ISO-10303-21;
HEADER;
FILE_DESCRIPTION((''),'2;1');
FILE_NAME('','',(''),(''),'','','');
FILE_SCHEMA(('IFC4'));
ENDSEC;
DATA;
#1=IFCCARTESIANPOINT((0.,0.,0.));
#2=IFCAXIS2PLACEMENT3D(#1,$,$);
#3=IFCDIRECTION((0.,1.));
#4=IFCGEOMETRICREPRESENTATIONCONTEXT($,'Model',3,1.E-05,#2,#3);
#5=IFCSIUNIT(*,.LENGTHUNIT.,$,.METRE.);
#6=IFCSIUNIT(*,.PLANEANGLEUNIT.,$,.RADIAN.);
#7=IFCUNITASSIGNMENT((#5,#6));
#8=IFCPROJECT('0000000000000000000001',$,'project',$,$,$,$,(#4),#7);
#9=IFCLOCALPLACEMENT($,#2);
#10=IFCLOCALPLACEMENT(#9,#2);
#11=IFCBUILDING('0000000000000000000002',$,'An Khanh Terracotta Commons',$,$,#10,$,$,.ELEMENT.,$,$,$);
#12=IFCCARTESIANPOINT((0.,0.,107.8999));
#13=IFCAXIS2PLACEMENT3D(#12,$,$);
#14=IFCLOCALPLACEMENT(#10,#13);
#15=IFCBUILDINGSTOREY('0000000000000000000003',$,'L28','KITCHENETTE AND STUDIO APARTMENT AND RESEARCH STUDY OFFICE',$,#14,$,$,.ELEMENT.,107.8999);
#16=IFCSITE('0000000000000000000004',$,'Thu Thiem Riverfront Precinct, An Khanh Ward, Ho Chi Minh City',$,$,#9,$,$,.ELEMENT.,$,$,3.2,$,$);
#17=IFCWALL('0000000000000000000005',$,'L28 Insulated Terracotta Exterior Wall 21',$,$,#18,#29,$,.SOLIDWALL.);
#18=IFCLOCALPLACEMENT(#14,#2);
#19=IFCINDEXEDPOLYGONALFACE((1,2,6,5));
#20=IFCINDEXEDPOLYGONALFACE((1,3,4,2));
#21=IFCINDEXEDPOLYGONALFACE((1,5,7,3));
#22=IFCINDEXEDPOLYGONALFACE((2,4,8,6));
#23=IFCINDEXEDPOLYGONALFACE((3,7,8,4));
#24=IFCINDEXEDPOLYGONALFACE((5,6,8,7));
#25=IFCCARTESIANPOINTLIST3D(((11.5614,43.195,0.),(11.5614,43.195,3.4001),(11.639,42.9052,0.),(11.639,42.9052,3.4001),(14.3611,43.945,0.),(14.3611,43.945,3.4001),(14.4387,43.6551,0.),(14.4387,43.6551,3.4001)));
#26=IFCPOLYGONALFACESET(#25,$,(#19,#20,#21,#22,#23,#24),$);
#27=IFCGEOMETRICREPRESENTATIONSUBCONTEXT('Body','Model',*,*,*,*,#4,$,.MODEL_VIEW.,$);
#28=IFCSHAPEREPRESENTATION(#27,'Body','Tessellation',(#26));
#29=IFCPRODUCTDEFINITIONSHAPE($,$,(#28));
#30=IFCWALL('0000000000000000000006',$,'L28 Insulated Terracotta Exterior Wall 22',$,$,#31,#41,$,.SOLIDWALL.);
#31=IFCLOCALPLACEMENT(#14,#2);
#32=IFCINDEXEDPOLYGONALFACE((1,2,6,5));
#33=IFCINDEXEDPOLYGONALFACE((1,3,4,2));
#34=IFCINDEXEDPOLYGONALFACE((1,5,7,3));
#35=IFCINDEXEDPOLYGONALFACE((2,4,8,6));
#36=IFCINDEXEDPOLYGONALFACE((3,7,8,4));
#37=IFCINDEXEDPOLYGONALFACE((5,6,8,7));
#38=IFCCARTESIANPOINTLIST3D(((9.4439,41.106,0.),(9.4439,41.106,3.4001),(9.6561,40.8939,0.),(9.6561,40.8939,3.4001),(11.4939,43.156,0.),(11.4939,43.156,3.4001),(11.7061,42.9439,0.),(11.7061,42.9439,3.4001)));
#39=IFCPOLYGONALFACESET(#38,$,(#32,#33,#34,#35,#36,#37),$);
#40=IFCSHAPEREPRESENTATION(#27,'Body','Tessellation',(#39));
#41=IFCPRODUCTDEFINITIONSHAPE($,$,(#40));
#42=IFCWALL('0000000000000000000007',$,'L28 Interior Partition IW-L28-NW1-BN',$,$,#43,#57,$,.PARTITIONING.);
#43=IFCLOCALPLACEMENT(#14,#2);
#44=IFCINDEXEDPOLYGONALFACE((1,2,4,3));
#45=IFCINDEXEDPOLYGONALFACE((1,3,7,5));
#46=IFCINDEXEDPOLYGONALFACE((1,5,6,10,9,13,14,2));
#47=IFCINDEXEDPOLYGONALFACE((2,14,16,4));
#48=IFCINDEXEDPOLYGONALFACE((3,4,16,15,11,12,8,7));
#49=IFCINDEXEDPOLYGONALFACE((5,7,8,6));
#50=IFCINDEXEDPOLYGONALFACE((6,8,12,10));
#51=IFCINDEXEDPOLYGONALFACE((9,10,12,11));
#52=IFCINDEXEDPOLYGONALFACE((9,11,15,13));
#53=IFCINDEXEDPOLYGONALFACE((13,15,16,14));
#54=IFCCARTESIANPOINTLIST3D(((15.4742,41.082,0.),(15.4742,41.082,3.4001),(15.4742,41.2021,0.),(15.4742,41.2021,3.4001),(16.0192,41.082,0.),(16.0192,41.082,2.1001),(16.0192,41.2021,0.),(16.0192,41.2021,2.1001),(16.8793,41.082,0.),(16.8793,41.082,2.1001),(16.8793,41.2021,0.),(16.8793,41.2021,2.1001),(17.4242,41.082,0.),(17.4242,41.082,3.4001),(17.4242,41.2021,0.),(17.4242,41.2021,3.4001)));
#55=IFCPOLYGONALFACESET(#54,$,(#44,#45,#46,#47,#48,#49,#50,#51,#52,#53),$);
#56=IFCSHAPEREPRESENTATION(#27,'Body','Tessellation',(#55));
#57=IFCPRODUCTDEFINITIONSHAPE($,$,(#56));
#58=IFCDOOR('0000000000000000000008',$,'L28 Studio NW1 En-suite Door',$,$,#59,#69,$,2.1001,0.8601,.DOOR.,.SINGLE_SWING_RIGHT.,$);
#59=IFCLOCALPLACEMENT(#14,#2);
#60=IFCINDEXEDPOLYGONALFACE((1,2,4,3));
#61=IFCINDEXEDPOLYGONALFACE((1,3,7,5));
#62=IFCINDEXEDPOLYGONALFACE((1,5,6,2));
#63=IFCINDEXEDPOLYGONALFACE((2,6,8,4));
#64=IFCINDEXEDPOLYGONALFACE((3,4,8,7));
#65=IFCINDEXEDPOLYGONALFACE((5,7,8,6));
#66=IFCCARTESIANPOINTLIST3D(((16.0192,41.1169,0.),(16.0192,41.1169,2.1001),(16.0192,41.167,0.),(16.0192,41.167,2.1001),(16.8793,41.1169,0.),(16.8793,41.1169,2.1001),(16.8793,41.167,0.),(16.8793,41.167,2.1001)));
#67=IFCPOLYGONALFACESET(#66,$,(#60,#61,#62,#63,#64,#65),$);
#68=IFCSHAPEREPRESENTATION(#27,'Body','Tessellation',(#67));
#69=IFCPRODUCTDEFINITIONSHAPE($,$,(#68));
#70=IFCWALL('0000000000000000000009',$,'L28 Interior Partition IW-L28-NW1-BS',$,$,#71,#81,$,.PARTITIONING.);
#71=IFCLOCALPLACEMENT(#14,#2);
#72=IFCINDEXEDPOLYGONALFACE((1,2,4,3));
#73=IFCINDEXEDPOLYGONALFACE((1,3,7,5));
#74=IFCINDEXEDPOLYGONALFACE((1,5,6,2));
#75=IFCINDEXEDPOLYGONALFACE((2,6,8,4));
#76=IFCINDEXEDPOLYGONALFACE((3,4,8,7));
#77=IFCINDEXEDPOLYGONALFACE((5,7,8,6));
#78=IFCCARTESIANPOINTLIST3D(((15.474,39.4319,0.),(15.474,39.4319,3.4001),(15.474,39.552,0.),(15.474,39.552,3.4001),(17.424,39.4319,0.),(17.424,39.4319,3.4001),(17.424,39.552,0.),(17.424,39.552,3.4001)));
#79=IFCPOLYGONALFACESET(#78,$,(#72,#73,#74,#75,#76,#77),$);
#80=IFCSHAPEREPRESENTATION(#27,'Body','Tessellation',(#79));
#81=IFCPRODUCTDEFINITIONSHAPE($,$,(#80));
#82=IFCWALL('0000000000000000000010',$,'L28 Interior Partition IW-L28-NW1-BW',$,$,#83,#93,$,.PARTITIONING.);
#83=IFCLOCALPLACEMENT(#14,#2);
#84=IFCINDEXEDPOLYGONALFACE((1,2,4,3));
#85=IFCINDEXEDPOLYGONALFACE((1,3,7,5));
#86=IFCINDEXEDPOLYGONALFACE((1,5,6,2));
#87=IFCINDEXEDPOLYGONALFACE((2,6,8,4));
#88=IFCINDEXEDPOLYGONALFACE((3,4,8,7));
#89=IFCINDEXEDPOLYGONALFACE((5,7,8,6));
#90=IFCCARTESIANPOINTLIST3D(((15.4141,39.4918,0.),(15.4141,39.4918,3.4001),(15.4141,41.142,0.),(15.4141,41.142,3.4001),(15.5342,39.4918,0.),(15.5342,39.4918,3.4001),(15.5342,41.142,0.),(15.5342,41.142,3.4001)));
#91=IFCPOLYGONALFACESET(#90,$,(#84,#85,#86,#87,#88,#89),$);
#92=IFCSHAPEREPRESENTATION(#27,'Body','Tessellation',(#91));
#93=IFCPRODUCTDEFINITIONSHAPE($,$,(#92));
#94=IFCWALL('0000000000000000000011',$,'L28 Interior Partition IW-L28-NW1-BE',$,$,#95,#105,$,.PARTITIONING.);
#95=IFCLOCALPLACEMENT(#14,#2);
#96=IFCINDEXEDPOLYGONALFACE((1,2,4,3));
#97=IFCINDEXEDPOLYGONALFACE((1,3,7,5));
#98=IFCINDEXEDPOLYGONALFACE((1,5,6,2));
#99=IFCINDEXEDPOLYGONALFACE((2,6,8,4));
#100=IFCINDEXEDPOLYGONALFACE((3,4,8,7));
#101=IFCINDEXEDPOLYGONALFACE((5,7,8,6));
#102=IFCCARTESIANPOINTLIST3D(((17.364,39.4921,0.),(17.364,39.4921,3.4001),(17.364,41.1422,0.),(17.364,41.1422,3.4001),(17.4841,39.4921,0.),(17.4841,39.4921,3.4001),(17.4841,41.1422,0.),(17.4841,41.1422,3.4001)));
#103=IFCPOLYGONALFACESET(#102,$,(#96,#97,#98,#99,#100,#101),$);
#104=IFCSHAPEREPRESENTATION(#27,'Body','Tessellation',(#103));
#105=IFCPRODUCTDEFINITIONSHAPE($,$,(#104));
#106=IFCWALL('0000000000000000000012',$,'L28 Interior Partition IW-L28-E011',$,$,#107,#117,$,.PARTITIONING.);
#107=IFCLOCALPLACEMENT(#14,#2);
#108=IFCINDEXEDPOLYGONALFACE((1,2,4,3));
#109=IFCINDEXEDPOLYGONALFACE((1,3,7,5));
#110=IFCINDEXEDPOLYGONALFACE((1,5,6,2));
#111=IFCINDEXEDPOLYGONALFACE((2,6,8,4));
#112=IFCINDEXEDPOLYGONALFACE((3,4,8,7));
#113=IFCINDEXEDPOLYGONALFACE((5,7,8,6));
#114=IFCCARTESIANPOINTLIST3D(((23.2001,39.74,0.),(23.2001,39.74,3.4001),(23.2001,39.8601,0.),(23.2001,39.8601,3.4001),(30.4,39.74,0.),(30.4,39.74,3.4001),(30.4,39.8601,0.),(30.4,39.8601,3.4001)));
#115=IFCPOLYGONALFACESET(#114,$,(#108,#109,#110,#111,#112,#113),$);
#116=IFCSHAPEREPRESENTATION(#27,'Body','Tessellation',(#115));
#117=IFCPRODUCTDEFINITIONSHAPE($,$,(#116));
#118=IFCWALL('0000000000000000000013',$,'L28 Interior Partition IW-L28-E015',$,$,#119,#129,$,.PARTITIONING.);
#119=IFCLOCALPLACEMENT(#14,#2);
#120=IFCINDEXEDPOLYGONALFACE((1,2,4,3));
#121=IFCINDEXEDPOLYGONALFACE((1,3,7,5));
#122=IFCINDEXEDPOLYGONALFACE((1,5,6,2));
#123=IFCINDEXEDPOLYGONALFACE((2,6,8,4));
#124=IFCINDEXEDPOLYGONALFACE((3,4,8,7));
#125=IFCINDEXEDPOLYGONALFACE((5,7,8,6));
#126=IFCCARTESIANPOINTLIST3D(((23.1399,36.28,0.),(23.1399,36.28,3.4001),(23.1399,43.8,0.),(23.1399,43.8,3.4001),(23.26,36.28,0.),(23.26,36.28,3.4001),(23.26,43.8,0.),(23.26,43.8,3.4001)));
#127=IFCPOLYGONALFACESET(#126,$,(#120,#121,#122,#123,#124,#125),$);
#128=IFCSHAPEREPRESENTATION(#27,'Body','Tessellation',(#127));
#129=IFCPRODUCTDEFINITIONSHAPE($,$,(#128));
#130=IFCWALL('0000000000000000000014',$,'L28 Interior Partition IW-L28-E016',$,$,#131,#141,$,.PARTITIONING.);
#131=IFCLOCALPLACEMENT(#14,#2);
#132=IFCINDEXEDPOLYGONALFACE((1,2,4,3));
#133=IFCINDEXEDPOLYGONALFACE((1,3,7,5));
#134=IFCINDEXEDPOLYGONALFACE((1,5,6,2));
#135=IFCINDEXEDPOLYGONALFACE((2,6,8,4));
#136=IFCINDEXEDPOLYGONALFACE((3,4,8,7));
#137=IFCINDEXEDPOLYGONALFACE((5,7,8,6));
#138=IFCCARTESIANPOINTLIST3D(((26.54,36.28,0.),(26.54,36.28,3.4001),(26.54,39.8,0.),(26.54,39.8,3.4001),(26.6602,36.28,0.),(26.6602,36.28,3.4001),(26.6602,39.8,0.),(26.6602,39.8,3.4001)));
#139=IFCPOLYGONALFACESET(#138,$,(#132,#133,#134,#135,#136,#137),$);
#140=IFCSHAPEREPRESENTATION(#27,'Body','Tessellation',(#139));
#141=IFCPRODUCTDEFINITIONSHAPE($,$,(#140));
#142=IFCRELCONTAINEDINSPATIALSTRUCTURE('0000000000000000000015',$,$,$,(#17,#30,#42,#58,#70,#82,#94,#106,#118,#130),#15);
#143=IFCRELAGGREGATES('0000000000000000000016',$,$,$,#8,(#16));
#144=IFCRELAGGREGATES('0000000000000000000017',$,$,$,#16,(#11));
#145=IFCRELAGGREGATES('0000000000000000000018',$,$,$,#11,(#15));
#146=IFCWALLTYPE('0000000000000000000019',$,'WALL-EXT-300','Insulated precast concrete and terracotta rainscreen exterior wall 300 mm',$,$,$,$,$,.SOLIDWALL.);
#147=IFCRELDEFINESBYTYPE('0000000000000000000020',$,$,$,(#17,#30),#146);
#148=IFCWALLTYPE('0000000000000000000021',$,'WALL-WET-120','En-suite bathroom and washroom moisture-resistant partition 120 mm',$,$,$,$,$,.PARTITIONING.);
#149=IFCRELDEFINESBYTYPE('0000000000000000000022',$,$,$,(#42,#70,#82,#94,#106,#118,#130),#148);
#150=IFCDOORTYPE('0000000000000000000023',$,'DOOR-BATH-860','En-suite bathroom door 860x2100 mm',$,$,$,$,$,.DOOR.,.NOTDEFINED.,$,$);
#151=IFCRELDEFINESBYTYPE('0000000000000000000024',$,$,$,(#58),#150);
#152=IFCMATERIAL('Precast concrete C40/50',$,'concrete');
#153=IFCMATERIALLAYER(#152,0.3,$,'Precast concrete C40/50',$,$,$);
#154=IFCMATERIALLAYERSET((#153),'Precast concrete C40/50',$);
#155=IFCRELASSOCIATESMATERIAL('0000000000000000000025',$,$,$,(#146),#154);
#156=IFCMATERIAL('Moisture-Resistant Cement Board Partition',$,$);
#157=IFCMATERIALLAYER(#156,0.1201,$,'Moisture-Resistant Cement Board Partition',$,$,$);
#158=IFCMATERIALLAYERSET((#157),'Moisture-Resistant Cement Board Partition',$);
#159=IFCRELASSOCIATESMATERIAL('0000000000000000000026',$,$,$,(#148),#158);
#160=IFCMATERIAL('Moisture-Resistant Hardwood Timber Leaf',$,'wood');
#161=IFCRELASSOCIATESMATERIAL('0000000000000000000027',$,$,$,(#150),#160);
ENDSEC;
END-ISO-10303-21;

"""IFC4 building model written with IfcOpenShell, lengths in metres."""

from ifc_helpers import new_model, si_unit, direction, frame, frame_2d, origin, place, context, subcontext, project, spatial, rectangle, extrude, material, layer, layer_set, type_object, element, fill, save


model = new_model("IFC4")

# Units and contexts
model_context = context("Model", 3, precision=1e-05, world=origin(), true_north=direction((0.0, 1.0)))
body_context = subcontext(model_context, "Body", "Model", "MODEL_VIEW")
ifc_project = project(units=[si_unit("LENGTHUNIT", "METRE"), si_unit("PLANEANGLEUNIT", "RADIAN")], contexts=[model_context])

# Site, building, storey
site_placement = place(None, origin())
site = spatial("IfcSite", under=ifc_project, at=site_placement, Name="Thu Thiem Riverfront Precinct, An Khanh Ward, Ho Chi Minh City", CompositionType="ELEMENT", RefElevation=3.2)
building_placement = place(site_placement, origin())
building = spatial("IfcBuilding", under=site, at=building_placement, Name="An Khanh Terracotta Commons", CompositionType="ELEMENT")
storey_placement = place(building_placement, frame((0.0, 0.0, 107.8999)))
storey = spatial("IfcBuildingStorey", under=building, at=storey_placement, Name="L28", Description="KITCHENETTE AND STUDIO APARTMENT AND RESEARCH STUDY OFFICE", CompositionType="ELEMENT", Elevation=107.8999)

# Walls
ifc_material_1 = material(Name="Precast concrete C40/50", Category="concrete")
ifc_layer_1 = layer(ifc_material_1, 0.3, Name="Precast concrete C40/50")
ifc_layer_set_1 = layer_set([ifc_layer_1], Name="Precast concrete C40/50")
wall_type_1 = type_object("IfcWallType", Name="WALL-EXT-300", Description="Insulated precast concrete and terracotta rainscreen exterior wall 300 mm", PredefinedType="SOLIDWALL", material=ifc_layer_set_1)
wall_1_placement = place(storey_placement, frame((14.3999, 43.8, 0.0), z_axis=(0.0, 0.0, 1.0), x_axis=(-0.965944, -0.258753, 0.0)))
element("IfcWall", 1, at=wall_1_placement, inside=storey, type_object=wall_type_1, Name="L28 Insulated Terracotta Exterior Wall 21", PredefinedType="SOLIDWALL", context=body_context, shape_type="SweptSolid", body=[
    extrude(rectangle(XDim=2.8984, YDim=0.3, at=frame_2d((1.4492, 0.0))), origin(), (0.0, 0.0, 1.0), 3.4001),
])
wall_2_placement = place(storey_placement, frame((11.6001, 43.05, 0.0), z_axis=(0.0, 0.0, 1.0), x_axis=(-0.707107, -0.707107, 0.0)))
element("IfcWall", 2, at=wall_2_placement, inside=storey, type_object=wall_type_1, Name="L28 Insulated Terracotta Exterior Wall 22", PredefinedType="SOLIDWALL", context=body_context, shape_type="SweptSolid", body=[
    extrude(rectangle(XDim=2.8992, YDim=0.3, at=frame_2d((1.4497, 0.0))), origin(), (0.0, 0.0, 1.0), 3.4001),
])

# Wall, opening, door
ifc_material_2 = material(Name="Moisture-Resistant Cement Board Partition")
ifc_layer_2 = layer(ifc_material_2, 0.1201, Name="Moisture-Resistant Cement Board Partition")
ifc_layer_set_2 = layer_set([ifc_layer_2], Name="Moisture-Resistant Cement Board Partition")
wall_type_2 = type_object("IfcWallType", Name="WALL-WET-120", Description="En-suite bathroom and washroom moisture-resistant partition 120 mm", PredefinedType="PARTITIONING", material=ifc_layer_set_2)
wall_3_placement = place(storey_placement, frame((15.4741, 41.1421, 0.0), z_axis=(0.0, 0.0, 1.0), x_axis=(1.0, 0.0, 0.0)))
wall_3 = element("IfcWall", 3, at=wall_3_placement, inside=storey, type_object=wall_type_2, Name="L28 Interior Partition IW-L28-NW1-BN", PredefinedType="PARTITIONING", context=body_context, shape_type="SweptSolid", body=[
    extrude(rectangle(XDim=1.95, YDim=0.1201, at=frame_2d((0.9751, 0.0))), origin(), (0.0, 0.0, 1.0), 3.4001),
])
opening_placement = place(wall_3_placement, frame((0.5449, 0.0, 0.0)))
opening = element("IfcOpeningElement", 4, at=opening_placement, cuts=wall_3, PredefinedType="OPENING", context=body_context, shape_type="SweptSolid", body=[
    extrude(rectangle(XDim=0.8601, YDim=2.1001, at=frame_2d((0.4302, 1.05))), frame((0.0, 0.0701, 0.0), z_axis=(0.0, -1.0, 0.0), x_axis=(1.0, 0.0, 0.0)), (0.0, 0.0, 1.0), 0.1401),
])
ifc_material_3 = material(Name="Moisture-Resistant Hardwood Timber Leaf", Category="wood")
door_type = type_object("IfcDoorType", Name="DOOR-BATH-860", Description="En-suite bathroom door 860x2100 mm", OperationType="NOTDEFINED", PredefinedType="DOOR", material=ifc_material_3)
door_placement = place(opening_placement, origin())
door = element("IfcDoor", 5, at=door_placement, inside=storey, type_object=door_type, Name="L28 Studio NW1 En-suite Door", OperationType="SINGLE_SWING_RIGHT", OverallHeight=2.1001, OverallWidth=0.8601, PredefinedType="DOOR", context=body_context, shape_type="SweptSolid", body=[
    extrude(rectangle(XDim=0.8601, YDim=2.1001, at=frame_2d((0.4302, 1.05))), frame((0.0, 0.0249, 0.0), z_axis=(0.0, -1.0, 0.0), x_axis=(1.0, 0.0, 0.0)), (0.0, 0.0, 1.0), 0.05),
])
fill(opening, door)

# Walls
wall_4_placement = place(storey_placement, frame((17.4241, 39.4919, 0.0), z_axis=(0.0, 0.0, 1.0), x_axis=(-1.0, 0.0, 0.0)))
element("IfcWall", 6, at=wall_4_placement, inside=storey, type_object=wall_type_2, Name="L28 Interior Partition IW-L28-NW1-BS", PredefinedType="PARTITIONING", context=body_context, shape_type="SweptSolid", body=[
    extrude(rectangle(XDim=1.95, YDim=0.1201, at=frame_2d((0.9751, 0.0))), origin(), (0.0, 0.0, 1.0), 3.4001),
])
for number, where, z_axis, x_axis, name in (
    (7, (15.4741, 41.1421, 0.0), (0.0, 0.0, 1.0), (0.0, -1.0, 0.0), "L28 Interior Partition IW-L28-NW1-BW"),
    (8, (17.4241, 39.4919, 0.0), (0.0, 0.0, 1.0), (0.0, 1.0, 0.0), "L28 Interior Partition IW-L28-NW1-BE"),
):
    element("IfcWall", number, at=place(storey_placement, frame(where, z_axis=z_axis, x_axis=x_axis)), inside=storey, type_object=wall_type_2, Name=name, PredefinedType="PARTITIONING", context=body_context, shape_type="SweptSolid", body=[
        extrude(rectangle(XDim=1.6501, YDim=0.1201, at=frame_2d((0.8252, 0.0))), origin(), (0.0, 0.0, 1.0), 3.4001),
    ])
wall_5_placement = place(storey_placement, frame((23.2, 39.8, 0.0), z_axis=(0.0, 0.0, 1.0), x_axis=(1.0, 0.0, 0.0)))
element("IfcWall", 9, at=wall_5_placement, inside=storey, type_object=wall_type_2, Name="L28 Interior Partition IW-L28-E011", PredefinedType="PARTITIONING", context=body_context, shape_type="SweptSolid", body=[
    extrude(rectangle(XDim=7.2, YDim=0.1201, at=frame_2d((3.6001, 0.0))), origin(), (0.0, 0.0, 1.0), 3.4001),
])
wall_6_placement = place(storey_placement, frame((23.2, 36.28, 0.0), z_axis=(0.0, 0.0, 1.0), x_axis=(0.0, 1.0, 0.0)))
element("IfcWall", 10, at=wall_6_placement, inside=storey, type_object=wall_type_2, Name="L28 Interior Partition IW-L28-E015", PredefinedType="PARTITIONING", context=body_context, shape_type="SweptSolid", body=[
    extrude(rectangle(XDim=7.52, YDim=0.1201, at=frame_2d((3.76, 0.0))), origin(), (0.0, 0.0, 1.0), 3.4001),
])
wall_7_placement = place(storey_placement, frame((26.6001, 36.28, 0.0), z_axis=(0.0, 0.0, 1.0), x_axis=(0.0, 1.0, 0.0)))
element("IfcWall", 11, at=wall_7_placement, inside=storey, type_object=wall_type_2, Name="L28 Interior Partition IW-L28-E016", PredefinedType="PARTITIONING", context=body_context, shape_type="SweptSolid", body=[
    extrude(rectangle(XDim=3.52, YDim=0.1201, at=frame_2d((1.76, 0.0))), origin(), (0.0, 0.0, 1.0), 3.4001),
])

save(model, "model.ifc")
